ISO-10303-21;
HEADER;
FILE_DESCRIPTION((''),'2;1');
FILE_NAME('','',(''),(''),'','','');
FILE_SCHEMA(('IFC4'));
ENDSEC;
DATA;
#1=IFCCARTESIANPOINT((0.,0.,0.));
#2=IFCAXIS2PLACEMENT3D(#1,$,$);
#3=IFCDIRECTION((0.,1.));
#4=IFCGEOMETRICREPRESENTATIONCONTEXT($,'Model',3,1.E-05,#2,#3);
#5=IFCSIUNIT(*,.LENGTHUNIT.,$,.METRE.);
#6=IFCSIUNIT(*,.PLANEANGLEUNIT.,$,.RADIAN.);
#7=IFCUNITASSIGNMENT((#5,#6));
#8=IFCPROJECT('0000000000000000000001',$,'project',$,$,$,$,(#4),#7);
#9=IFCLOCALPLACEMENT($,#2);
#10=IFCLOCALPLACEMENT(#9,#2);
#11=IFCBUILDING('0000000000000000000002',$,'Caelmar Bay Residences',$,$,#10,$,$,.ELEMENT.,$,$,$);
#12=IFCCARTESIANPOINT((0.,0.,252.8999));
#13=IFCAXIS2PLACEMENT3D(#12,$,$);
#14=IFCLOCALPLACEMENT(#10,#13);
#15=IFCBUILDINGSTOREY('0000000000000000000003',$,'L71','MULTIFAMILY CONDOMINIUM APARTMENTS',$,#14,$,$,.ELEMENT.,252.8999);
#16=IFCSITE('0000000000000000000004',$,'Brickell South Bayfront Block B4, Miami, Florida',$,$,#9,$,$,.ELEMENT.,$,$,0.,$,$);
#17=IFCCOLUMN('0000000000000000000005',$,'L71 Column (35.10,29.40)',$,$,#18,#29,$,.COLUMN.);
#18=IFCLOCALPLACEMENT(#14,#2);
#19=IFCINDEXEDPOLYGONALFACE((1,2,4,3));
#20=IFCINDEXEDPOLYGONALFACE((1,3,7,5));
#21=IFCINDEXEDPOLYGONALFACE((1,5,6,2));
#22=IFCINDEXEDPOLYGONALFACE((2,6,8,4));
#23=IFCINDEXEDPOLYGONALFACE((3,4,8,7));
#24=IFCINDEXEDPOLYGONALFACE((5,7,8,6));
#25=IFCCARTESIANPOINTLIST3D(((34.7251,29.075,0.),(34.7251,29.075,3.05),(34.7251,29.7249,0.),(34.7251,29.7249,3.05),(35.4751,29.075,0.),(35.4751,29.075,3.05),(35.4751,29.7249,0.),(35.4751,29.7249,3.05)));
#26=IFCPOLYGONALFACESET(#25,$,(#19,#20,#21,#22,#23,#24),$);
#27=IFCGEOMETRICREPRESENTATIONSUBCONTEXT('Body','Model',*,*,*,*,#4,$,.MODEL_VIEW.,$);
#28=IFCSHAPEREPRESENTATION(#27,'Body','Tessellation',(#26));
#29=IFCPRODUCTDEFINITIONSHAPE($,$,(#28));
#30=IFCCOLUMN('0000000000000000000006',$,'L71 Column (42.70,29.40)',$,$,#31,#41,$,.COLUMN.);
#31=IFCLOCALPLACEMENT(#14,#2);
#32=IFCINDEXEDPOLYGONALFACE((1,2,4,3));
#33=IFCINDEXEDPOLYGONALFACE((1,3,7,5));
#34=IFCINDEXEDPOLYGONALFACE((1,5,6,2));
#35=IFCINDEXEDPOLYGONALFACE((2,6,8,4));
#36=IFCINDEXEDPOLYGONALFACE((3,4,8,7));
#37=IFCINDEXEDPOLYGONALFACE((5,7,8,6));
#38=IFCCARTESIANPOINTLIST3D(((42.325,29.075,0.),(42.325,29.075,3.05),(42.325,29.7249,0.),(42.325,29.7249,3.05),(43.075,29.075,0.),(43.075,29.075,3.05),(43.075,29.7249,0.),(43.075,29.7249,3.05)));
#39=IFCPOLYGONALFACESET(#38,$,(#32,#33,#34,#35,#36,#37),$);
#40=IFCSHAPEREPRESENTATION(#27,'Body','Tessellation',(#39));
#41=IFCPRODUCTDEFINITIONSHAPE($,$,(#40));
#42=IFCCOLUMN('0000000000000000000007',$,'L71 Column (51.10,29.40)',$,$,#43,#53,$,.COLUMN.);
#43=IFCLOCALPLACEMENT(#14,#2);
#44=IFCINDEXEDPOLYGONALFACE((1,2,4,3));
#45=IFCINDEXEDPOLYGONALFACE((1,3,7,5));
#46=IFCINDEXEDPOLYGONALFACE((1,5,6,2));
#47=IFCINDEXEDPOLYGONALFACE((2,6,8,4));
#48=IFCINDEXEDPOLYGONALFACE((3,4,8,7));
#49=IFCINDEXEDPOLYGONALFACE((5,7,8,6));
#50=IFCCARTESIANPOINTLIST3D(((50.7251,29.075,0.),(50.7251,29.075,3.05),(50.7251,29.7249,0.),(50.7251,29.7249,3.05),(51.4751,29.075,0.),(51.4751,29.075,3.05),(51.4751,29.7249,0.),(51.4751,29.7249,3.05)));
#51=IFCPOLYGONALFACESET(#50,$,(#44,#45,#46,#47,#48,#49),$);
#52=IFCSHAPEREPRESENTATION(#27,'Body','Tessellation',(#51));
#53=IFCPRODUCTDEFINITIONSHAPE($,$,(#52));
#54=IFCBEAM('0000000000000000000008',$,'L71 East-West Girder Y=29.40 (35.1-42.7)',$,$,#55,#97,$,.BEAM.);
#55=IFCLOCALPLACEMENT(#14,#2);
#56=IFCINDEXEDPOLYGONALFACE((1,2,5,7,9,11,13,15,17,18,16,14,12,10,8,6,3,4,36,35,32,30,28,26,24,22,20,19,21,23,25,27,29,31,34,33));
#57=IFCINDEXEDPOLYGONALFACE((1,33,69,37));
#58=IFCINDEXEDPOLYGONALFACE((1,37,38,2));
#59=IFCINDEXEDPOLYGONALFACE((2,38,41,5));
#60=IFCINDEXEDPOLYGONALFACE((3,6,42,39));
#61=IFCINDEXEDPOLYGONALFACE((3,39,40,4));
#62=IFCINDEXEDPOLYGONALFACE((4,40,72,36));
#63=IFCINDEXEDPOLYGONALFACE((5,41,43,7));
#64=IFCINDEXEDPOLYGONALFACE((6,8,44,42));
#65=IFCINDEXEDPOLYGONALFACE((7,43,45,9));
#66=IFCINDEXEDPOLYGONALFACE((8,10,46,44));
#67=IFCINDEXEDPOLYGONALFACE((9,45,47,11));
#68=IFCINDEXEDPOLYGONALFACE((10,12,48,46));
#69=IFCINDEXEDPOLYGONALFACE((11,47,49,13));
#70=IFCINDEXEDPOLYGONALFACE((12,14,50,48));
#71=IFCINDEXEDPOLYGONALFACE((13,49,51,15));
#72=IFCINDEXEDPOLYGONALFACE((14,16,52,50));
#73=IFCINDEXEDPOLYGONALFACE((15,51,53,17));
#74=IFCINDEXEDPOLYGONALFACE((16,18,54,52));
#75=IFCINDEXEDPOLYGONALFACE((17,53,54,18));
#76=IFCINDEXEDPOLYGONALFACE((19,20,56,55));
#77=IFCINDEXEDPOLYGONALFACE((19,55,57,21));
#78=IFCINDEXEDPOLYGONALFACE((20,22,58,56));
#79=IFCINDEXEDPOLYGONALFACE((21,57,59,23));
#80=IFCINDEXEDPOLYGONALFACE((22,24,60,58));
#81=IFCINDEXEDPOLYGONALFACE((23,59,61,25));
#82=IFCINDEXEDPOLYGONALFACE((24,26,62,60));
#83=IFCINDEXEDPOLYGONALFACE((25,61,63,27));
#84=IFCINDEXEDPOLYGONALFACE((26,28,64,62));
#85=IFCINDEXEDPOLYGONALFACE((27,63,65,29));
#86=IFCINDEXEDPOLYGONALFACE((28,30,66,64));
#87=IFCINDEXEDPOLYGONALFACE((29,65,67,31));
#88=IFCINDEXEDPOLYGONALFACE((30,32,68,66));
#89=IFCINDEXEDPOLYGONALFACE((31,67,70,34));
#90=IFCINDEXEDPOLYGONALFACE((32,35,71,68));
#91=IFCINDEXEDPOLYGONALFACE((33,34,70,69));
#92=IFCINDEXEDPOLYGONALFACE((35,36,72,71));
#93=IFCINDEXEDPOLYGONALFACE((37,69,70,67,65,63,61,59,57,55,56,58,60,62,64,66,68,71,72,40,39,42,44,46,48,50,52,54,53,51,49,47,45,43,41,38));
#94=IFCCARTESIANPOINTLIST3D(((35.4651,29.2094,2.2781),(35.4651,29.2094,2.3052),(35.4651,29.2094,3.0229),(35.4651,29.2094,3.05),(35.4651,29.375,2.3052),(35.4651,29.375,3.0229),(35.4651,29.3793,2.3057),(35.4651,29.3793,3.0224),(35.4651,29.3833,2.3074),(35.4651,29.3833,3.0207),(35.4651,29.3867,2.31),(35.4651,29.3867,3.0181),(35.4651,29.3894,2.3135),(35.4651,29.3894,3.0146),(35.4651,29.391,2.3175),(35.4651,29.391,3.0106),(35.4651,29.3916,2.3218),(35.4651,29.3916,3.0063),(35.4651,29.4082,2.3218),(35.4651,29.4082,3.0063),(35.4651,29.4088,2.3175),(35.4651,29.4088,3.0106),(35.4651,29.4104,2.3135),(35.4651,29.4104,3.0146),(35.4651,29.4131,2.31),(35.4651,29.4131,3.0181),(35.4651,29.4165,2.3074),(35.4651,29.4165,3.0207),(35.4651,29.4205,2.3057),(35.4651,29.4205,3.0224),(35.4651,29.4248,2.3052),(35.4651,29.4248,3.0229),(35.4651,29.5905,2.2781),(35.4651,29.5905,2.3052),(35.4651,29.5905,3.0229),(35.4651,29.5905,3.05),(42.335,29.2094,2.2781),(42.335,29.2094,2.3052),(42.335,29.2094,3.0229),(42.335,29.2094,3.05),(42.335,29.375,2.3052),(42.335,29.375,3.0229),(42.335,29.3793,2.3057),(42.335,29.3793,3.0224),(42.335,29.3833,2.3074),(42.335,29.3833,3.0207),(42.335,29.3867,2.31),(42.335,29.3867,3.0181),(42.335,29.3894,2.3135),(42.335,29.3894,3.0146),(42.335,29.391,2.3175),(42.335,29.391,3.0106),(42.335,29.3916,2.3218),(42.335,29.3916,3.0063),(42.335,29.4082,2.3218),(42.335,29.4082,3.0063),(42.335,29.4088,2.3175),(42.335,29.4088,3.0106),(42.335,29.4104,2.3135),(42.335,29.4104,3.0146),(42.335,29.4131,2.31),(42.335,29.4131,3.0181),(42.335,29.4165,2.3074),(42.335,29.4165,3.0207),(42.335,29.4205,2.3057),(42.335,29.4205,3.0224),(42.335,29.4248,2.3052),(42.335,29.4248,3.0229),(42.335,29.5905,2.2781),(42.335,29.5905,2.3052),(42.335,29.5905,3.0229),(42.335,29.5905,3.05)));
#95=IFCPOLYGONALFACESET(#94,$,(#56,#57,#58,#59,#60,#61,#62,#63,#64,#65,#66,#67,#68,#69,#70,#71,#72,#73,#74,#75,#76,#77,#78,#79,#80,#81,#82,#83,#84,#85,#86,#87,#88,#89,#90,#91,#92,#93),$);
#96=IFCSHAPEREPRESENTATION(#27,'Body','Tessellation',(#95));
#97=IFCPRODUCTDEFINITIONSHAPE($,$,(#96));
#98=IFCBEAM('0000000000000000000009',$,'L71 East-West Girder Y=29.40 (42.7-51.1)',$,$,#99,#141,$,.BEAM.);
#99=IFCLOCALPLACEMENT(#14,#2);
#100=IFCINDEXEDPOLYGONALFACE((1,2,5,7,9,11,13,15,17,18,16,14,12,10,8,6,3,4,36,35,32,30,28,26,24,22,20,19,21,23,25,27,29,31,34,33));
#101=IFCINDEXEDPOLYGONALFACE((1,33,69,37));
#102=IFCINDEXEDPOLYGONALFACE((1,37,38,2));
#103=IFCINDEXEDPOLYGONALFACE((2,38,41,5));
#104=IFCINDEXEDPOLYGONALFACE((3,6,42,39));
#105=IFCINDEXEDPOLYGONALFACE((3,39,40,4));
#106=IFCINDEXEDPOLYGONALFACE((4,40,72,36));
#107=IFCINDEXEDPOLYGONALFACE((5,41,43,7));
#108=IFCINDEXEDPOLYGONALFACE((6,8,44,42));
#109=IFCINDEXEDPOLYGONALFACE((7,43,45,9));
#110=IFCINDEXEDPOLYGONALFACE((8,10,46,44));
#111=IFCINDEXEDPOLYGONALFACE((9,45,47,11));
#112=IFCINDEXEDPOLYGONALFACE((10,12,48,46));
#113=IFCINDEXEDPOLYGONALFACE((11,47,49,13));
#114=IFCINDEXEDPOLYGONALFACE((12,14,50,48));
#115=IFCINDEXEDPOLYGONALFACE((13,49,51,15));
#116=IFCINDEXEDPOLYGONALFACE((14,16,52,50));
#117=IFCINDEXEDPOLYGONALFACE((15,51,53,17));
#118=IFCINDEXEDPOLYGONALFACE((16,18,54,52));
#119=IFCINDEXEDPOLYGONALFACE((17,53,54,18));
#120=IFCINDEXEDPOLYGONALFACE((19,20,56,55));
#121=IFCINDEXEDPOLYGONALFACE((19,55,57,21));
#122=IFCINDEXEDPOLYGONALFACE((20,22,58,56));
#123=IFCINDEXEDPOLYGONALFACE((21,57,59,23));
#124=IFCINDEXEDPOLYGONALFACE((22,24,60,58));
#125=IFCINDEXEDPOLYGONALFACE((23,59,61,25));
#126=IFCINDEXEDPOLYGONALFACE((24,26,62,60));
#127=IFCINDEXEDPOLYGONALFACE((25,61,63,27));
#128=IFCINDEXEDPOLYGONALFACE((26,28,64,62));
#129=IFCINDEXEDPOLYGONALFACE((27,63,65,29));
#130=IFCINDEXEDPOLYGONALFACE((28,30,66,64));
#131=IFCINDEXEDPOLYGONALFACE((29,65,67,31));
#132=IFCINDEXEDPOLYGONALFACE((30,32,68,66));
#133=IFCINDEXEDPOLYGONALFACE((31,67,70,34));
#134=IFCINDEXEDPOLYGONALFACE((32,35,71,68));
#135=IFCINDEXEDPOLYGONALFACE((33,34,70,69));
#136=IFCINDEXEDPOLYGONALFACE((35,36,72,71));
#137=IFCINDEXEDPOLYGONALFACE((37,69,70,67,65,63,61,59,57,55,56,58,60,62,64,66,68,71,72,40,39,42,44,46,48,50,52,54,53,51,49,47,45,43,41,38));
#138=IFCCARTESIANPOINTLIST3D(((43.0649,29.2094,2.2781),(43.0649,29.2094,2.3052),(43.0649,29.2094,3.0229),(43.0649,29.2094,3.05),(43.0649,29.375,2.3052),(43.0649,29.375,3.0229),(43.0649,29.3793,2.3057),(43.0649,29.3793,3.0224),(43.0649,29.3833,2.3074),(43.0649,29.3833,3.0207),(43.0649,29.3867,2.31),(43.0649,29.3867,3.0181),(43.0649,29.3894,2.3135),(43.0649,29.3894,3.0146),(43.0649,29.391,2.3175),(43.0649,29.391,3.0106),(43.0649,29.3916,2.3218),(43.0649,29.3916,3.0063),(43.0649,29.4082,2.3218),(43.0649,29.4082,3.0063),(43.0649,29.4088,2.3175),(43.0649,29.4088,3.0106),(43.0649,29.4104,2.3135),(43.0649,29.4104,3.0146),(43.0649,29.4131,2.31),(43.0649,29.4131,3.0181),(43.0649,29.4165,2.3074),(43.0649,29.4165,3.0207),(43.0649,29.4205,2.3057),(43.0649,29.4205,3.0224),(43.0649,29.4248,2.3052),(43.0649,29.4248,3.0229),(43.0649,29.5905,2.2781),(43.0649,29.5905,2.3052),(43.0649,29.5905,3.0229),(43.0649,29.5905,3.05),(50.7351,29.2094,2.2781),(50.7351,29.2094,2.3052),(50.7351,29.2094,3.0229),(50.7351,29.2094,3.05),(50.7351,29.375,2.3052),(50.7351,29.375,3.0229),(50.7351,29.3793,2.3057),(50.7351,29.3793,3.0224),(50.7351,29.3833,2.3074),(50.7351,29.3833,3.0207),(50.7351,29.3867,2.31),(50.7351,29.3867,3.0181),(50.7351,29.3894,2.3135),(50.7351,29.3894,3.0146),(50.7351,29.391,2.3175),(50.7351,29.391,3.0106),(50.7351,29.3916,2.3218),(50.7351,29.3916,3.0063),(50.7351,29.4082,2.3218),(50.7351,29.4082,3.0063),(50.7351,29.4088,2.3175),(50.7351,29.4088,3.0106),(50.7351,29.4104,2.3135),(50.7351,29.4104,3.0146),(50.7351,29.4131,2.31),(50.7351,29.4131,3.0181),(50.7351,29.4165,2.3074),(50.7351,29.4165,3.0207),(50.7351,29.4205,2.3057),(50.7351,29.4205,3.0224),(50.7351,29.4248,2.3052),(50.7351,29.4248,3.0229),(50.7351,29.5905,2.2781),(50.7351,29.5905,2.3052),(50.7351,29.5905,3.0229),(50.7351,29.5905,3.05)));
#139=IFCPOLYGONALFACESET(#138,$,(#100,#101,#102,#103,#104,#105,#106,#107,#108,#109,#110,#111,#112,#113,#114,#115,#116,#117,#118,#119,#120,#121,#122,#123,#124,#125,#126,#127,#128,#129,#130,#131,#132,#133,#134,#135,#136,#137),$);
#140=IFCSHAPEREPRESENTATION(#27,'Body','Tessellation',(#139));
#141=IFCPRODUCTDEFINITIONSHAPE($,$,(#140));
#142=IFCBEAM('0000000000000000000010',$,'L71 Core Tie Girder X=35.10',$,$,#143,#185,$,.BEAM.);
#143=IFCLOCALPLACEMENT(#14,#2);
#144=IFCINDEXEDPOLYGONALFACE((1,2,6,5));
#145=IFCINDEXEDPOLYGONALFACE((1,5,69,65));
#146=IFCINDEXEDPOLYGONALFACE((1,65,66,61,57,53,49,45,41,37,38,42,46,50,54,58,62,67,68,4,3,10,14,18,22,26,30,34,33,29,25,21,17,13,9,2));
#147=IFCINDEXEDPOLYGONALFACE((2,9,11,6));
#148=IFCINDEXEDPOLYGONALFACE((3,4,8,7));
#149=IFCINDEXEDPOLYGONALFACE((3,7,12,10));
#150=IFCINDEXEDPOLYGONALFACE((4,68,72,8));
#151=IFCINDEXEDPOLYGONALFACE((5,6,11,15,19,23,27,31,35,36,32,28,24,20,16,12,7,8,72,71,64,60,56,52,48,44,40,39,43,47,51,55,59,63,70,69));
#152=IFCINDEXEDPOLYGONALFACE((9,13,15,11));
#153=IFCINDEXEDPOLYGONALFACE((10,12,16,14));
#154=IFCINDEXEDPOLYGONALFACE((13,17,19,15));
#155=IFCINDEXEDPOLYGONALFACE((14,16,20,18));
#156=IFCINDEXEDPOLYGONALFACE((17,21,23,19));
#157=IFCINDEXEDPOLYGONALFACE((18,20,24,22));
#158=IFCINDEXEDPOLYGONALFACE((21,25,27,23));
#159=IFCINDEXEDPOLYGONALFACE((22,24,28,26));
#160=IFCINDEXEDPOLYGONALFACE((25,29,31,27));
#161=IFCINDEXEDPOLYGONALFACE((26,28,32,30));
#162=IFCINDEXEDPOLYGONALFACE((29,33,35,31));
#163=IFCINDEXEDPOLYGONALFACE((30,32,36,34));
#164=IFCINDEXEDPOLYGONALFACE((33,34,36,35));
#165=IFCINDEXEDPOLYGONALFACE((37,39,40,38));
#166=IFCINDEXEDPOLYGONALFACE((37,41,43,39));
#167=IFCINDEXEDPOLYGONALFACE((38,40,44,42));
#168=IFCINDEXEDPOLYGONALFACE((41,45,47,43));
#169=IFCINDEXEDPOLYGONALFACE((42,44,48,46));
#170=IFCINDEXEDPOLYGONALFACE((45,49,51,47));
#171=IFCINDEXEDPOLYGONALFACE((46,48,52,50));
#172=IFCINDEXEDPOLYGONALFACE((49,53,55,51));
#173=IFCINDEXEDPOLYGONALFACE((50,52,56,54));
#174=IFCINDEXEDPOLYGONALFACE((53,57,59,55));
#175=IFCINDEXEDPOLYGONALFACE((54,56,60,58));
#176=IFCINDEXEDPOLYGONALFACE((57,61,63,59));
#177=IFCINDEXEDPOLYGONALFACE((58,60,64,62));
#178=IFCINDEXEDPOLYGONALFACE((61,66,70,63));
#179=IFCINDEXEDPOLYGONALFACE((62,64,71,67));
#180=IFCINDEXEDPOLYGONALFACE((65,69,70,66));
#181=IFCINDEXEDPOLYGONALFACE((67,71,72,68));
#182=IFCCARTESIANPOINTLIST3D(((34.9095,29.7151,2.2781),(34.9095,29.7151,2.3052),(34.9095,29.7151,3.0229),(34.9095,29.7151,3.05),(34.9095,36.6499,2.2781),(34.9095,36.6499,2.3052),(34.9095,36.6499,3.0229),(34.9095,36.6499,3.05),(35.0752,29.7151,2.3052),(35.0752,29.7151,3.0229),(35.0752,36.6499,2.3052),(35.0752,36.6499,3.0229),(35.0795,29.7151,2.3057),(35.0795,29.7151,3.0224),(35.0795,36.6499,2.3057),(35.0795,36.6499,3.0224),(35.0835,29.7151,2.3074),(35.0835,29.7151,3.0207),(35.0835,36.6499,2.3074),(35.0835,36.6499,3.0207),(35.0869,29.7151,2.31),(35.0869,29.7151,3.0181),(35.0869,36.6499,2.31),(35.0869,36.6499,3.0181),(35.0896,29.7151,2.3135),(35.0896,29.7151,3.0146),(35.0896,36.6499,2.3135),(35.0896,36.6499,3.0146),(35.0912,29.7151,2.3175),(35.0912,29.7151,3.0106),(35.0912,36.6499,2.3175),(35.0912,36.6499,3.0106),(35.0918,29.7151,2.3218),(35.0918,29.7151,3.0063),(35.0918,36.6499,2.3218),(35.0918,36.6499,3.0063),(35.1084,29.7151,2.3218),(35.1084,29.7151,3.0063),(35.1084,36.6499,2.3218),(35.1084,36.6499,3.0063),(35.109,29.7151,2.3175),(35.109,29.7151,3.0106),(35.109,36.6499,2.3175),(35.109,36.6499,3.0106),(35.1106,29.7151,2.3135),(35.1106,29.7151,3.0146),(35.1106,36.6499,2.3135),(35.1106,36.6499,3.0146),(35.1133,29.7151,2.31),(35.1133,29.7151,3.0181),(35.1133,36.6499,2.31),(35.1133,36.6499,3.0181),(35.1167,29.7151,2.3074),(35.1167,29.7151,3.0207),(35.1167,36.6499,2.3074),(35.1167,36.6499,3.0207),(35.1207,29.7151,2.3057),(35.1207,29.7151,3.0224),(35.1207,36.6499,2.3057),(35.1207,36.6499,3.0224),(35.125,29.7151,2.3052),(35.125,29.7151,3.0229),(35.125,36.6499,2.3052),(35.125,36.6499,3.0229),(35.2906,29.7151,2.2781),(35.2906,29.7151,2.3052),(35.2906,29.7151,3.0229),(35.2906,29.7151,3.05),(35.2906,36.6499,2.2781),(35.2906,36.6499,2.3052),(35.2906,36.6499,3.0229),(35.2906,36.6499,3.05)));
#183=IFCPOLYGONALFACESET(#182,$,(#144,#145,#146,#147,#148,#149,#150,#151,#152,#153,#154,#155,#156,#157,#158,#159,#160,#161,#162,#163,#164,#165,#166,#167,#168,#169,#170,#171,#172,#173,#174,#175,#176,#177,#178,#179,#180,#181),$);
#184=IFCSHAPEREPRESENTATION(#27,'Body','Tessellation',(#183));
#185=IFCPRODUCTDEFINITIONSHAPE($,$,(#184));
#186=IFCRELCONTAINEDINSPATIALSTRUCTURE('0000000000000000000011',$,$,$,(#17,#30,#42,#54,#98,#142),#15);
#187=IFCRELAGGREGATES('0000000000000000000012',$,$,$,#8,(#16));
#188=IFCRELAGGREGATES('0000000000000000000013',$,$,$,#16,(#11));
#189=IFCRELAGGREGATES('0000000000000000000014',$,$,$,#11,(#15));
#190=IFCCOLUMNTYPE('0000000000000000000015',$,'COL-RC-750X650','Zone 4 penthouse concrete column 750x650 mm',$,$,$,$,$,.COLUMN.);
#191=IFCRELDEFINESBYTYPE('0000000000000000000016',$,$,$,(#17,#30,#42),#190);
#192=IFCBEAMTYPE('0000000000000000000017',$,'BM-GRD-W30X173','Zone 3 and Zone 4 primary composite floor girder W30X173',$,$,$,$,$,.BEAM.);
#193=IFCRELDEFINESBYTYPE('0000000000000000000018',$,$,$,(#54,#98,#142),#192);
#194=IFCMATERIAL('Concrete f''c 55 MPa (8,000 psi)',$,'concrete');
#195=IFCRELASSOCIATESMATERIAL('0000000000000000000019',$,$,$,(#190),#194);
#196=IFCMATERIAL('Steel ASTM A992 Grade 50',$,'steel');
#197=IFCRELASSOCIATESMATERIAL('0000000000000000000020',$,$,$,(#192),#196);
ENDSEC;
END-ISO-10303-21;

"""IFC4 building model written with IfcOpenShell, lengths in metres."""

from ifc_helpers import new_model, si_unit, direction, frame, origin, origin_2d, place, context, subcontext, project, spatial, rectangle, i_section, extrude, material, material_profile, profile_set, type_object, element, save


model = new_model("IFC4")

# Units and contexts
model_context = context("Model", 3, precision=1e-05, world=origin(), true_north=direction((0.0, 1.0)))
body_context = subcontext(model_context, "Body", "Model", "MODEL_VIEW")
ifc_project = project(units=[si_unit("LENGTHUNIT", "METRE"), si_unit("PLANEANGLEUNIT", "RADIAN")], contexts=[model_context])

# Site, building, storey
site_placement = place(None, origin())
site = spatial("IfcSite", under=ifc_project, at=site_placement, Name="Brickell South Bayfront Block B4, Miami, Florida", CompositionType="ELEMENT", RefElevation=0.0)
building_placement = place(site_placement, origin())
building = spatial("IfcBuilding", under=site, at=building_placement, Name="Caelmar Bay Residences", CompositionType="ELEMENT")
storey_placement = place(building_placement, frame((0.0, 0.0, 252.8999)))
storey = spatial("IfcBuildingStorey", under=building, at=storey_placement, Name="L71", Description="MULTIFAMILY CONDOMINIUM APARTMENTS", CompositionType="ELEMENT", Elevation=252.8999)

# Columns
ifc_material_1 = material(Name="Concrete f'c 55 MPa (8,000 psi)", Category="concrete")
ifc_material_profile_1 = material_profile(ifc_material_1, rectangle(XDim=0.75, YDim=0.6499, at=origin_2d()), Name="RC-COL-750X650")
ifc_profile_set_1 = profile_set([ifc_material_profile_1], Name="Concrete f'c 55 MPa (8,000 psi)")
column_type = type_object("IfcColumnType", Name="COL-RC-750X650", Description="Zone 4 penthouse concrete column 750x650 mm", PredefinedType="COLUMN", material=ifc_profile_set_1)
for number, where, z_axis, x_axis, name in (
    (1, (35.1001, 29.3999, 0.0), (0.0, 0.0, 1.0), (1.0, 0.0, 0.0), "L71 Column (35.10,29.40)"),
    (2, (42.7, 29.3999, 0.0), (0.0, 0.0, 1.0), (1.0, 0.0, 0.0), "L71 Column (42.70,29.40)"),
    (3, (51.1001, 29.3999, 0.0), (0.0, 0.0, 1.0), (1.0, 0.0, 0.0), "L71 Column (51.10,29.40)"),
):
    element("IfcColumn", number, at=place(storey_placement, frame(where, z_axis=z_axis, x_axis=x_axis)), inside=storey, type_object=column_type, Name=name, PredefinedType="COLUMN", context=body_context, shape_type="SweptSolid", body=[
        extrude(rectangle(XDim=0.75, YDim=0.6499, at=origin_2d()), origin(), (0.0, 0.0, 1.0), 3.05),
    ])

# Beams
ifc_material_2 = material(Name="Steel ASTM A992 Grade 50", Category="steel")
ifc_material_profile_2 = material_profile(ifc_material_2, i_section(OverallWidth=0.3811, OverallDepth=0.772, WebThickness=0.0166, FlangeThickness=0.0271, FilletRadius=0.0166, at=origin_2d()), Name="W30X173")
ifc_profile_set_2 = profile_set([ifc_material_profile_2], Name="Steel ASTM A992 Grade 50")
beam_type_1 = type_object("IfcBeamType", Name="BM-GRD-W30X173", Description="Zone 3 and Zone 4 primary composite floor girder W30X173", PredefinedType="BEAM", material=ifc_profile_set_2)
beam_1_placement = place(storey_placement, frame((35.4651, 29.3999, 2.6641), z_axis=(1.0, 0.0, 0.0), x_axis=(0.0, 1.0, 0.0)))
element("IfcBeam", 4, at=beam_1_placement, inside=storey, type_object=beam_type_1, Name="L71 East-West Girder Y=29.40 (35.1-42.7)", PredefinedType="BEAM", context=body_context, shape_type="SweptSolid", body=[
    extrude(i_section(OverallWidth=0.3811, OverallDepth=0.772, WebThickness=0.0166, FlangeThickness=0.0271, FilletRadius=0.0166, at=origin_2d()), origin(), (0.0, 0.0, 1.0), 6.8699),
])
beam_2_placement = place(storey_placement, frame((43.0649, 29.3999, 2.6641), z_axis=(1.0, 0.0, 0.0), x_axis=(0.0, 1.0, 0.0)))
element("IfcBeam", 5, at=beam_2_placement, inside=storey, type_object=beam_type_1, Name="L71 East-West Girder Y=29.40 (42.7-51.1)", PredefinedType="BEAM", context=body_context, shape_type="SweptSolid", body=[
    extrude(i_section(OverallWidth=0.3811, OverallDepth=0.772, WebThickness=0.0166, FlangeThickness=0.0271, FilletRadius=0.0166, at=origin_2d()), origin(), (0.0, 0.0, 1.0), 7.6702),
])
for number, where, z_axis, x_axis, name in (
    (6, (35.1001, 29.7151, 2.6641), (0.0, 1.0, 0.0), (-1.0, 0.0, 0.0), "L71 Core Tie Girder X=35.10"),
):
    element("IfcBeam", number, at=place(storey_placement, frame(where, z_axis=z_axis, x_axis=x_axis)), inside=storey, type_object=beam_type_1, Name=name, PredefinedType="BEAM", context=body_context, shape_type="SweptSolid", body=[
        extrude(i_section(OverallWidth=0.3811, OverallDepth=0.772, WebThickness=0.0166, FlangeThickness=0.0271, FilletRadius=0.0166, at=origin_2d()), origin(), (0.0, 0.0, 1.0), 6.9348),
    ])

save(model, "model.ifc")
